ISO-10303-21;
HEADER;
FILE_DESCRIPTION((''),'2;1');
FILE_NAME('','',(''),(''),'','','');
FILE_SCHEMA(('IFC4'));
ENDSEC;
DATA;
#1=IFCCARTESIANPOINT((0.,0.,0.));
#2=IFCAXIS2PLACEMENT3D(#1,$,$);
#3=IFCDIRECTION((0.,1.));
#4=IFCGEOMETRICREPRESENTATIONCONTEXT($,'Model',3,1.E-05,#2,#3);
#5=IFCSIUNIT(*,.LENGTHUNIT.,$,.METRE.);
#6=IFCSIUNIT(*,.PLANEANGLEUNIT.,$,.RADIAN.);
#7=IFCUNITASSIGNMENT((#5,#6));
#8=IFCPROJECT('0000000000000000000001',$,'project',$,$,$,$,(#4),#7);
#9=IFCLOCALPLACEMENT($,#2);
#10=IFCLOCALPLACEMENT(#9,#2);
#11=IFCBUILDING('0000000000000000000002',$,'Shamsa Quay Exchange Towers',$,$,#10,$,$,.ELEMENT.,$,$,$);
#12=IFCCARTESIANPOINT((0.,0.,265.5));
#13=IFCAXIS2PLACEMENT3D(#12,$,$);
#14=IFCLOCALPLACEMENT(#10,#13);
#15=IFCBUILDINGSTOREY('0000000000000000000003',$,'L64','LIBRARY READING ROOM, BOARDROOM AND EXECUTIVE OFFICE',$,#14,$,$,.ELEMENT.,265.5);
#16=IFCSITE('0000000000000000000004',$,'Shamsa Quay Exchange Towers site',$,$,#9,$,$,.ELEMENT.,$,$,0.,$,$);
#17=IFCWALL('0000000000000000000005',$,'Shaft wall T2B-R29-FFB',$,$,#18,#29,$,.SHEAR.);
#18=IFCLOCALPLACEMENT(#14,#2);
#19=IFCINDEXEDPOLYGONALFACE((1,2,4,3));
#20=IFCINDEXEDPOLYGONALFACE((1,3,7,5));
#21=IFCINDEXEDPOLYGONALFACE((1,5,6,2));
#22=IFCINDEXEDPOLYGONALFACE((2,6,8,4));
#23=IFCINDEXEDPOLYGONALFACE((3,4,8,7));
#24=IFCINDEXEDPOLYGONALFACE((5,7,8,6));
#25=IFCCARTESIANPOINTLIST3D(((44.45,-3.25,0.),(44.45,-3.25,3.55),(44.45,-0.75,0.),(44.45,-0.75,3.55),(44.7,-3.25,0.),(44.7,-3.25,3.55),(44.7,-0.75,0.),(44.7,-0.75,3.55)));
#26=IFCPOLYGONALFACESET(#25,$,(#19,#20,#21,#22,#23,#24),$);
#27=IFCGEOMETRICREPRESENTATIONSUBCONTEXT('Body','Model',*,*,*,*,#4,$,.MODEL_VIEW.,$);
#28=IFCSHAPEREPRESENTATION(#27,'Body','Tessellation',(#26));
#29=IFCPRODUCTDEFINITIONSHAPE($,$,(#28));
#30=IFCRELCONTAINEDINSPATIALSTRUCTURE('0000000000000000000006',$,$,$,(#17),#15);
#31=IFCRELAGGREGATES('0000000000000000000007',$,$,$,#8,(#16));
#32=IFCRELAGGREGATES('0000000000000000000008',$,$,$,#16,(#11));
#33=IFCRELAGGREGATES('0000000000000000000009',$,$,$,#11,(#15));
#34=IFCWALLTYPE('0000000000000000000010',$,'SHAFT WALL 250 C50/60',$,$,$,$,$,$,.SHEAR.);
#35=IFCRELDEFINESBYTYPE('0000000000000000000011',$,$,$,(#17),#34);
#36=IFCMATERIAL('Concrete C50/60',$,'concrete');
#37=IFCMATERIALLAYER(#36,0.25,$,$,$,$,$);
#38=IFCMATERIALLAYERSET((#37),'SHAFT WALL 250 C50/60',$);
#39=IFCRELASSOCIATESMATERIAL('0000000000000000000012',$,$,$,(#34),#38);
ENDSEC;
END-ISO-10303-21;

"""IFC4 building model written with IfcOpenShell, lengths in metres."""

from ifc_helpers import new_model, si_unit, direction, frame, frame_2d, origin, place, context, subcontext, project, spatial, rectangle, extrude, material, layer, layer_set, type_object, element, save


model = new_model("IFC4")

# Units and contexts
model_context = context("Model", 3, precision=1e-05, world=origin(), true_north=direction((0.0, 1.0)))
body_context = subcontext(model_context, "Body", "Model", "MODEL_VIEW")
ifc_project = project(units=[si_unit("LENGTHUNIT", "METRE"), si_unit("PLANEANGLEUNIT", "RADIAN")], contexts=[model_context])

# Site, building, storey
site_placement = place(None, origin())
site = spatial("IfcSite", under=ifc_project, at=site_placement, Name="Shamsa Quay Exchange Towers site", CompositionType="ELEMENT", RefElevation=0.0)
building_placement = place(site_placement, origin())
building = spatial("IfcBuilding", under=site, at=building_placement, Name="Shamsa Quay Exchange Towers", CompositionType="ELEMENT")
storey_placement = place(building_placement, frame((0.0, 0.0, 265.5)))
storey = spatial("IfcBuildingStorey", under=building, at=storey_placement, Name="L64", Description="LIBRARY READING ROOM, BOARDROOM AND EXECUTIVE OFFICE", CompositionType="ELEMENT", Elevation=265.5)

# Wall
ifc_material_1 = material(Name="Concrete C50/60", Category="concrete")
ifc_layer_1 = layer(ifc_material_1, 0.25)
ifc_layer_set_1 = layer_set([ifc_layer_1], Name="SHAFT WALL 250 C50/60")
wall_type_1 = type_object("IfcWallType", Name="SHAFT WALL 250 C50/60", PredefinedType="SHEAR", material=ifc_layer_set_1)
wall_1_placement = place(storey_placement, frame((44.575, -3.25, 0.0), z_axis=(0.0, 0.0, 1.0), x_axis=(0.0, 1.0, 0.0)))
element("IfcWall", 1, at=wall_1_placement, inside=storey, type_object=wall_type_1, Name="Shaft wall T2B-R29-FFB", PredefinedType="SHEAR", context=body_context, shape_type="SweptSolid", body=[
    extrude(rectangle(XDim=2.5, YDim=0.25, at=frame_2d((1.25, 0.0))), origin(), (0.0, 0.0, 1.0), 3.55),
])

save(model, "model.ifc")
